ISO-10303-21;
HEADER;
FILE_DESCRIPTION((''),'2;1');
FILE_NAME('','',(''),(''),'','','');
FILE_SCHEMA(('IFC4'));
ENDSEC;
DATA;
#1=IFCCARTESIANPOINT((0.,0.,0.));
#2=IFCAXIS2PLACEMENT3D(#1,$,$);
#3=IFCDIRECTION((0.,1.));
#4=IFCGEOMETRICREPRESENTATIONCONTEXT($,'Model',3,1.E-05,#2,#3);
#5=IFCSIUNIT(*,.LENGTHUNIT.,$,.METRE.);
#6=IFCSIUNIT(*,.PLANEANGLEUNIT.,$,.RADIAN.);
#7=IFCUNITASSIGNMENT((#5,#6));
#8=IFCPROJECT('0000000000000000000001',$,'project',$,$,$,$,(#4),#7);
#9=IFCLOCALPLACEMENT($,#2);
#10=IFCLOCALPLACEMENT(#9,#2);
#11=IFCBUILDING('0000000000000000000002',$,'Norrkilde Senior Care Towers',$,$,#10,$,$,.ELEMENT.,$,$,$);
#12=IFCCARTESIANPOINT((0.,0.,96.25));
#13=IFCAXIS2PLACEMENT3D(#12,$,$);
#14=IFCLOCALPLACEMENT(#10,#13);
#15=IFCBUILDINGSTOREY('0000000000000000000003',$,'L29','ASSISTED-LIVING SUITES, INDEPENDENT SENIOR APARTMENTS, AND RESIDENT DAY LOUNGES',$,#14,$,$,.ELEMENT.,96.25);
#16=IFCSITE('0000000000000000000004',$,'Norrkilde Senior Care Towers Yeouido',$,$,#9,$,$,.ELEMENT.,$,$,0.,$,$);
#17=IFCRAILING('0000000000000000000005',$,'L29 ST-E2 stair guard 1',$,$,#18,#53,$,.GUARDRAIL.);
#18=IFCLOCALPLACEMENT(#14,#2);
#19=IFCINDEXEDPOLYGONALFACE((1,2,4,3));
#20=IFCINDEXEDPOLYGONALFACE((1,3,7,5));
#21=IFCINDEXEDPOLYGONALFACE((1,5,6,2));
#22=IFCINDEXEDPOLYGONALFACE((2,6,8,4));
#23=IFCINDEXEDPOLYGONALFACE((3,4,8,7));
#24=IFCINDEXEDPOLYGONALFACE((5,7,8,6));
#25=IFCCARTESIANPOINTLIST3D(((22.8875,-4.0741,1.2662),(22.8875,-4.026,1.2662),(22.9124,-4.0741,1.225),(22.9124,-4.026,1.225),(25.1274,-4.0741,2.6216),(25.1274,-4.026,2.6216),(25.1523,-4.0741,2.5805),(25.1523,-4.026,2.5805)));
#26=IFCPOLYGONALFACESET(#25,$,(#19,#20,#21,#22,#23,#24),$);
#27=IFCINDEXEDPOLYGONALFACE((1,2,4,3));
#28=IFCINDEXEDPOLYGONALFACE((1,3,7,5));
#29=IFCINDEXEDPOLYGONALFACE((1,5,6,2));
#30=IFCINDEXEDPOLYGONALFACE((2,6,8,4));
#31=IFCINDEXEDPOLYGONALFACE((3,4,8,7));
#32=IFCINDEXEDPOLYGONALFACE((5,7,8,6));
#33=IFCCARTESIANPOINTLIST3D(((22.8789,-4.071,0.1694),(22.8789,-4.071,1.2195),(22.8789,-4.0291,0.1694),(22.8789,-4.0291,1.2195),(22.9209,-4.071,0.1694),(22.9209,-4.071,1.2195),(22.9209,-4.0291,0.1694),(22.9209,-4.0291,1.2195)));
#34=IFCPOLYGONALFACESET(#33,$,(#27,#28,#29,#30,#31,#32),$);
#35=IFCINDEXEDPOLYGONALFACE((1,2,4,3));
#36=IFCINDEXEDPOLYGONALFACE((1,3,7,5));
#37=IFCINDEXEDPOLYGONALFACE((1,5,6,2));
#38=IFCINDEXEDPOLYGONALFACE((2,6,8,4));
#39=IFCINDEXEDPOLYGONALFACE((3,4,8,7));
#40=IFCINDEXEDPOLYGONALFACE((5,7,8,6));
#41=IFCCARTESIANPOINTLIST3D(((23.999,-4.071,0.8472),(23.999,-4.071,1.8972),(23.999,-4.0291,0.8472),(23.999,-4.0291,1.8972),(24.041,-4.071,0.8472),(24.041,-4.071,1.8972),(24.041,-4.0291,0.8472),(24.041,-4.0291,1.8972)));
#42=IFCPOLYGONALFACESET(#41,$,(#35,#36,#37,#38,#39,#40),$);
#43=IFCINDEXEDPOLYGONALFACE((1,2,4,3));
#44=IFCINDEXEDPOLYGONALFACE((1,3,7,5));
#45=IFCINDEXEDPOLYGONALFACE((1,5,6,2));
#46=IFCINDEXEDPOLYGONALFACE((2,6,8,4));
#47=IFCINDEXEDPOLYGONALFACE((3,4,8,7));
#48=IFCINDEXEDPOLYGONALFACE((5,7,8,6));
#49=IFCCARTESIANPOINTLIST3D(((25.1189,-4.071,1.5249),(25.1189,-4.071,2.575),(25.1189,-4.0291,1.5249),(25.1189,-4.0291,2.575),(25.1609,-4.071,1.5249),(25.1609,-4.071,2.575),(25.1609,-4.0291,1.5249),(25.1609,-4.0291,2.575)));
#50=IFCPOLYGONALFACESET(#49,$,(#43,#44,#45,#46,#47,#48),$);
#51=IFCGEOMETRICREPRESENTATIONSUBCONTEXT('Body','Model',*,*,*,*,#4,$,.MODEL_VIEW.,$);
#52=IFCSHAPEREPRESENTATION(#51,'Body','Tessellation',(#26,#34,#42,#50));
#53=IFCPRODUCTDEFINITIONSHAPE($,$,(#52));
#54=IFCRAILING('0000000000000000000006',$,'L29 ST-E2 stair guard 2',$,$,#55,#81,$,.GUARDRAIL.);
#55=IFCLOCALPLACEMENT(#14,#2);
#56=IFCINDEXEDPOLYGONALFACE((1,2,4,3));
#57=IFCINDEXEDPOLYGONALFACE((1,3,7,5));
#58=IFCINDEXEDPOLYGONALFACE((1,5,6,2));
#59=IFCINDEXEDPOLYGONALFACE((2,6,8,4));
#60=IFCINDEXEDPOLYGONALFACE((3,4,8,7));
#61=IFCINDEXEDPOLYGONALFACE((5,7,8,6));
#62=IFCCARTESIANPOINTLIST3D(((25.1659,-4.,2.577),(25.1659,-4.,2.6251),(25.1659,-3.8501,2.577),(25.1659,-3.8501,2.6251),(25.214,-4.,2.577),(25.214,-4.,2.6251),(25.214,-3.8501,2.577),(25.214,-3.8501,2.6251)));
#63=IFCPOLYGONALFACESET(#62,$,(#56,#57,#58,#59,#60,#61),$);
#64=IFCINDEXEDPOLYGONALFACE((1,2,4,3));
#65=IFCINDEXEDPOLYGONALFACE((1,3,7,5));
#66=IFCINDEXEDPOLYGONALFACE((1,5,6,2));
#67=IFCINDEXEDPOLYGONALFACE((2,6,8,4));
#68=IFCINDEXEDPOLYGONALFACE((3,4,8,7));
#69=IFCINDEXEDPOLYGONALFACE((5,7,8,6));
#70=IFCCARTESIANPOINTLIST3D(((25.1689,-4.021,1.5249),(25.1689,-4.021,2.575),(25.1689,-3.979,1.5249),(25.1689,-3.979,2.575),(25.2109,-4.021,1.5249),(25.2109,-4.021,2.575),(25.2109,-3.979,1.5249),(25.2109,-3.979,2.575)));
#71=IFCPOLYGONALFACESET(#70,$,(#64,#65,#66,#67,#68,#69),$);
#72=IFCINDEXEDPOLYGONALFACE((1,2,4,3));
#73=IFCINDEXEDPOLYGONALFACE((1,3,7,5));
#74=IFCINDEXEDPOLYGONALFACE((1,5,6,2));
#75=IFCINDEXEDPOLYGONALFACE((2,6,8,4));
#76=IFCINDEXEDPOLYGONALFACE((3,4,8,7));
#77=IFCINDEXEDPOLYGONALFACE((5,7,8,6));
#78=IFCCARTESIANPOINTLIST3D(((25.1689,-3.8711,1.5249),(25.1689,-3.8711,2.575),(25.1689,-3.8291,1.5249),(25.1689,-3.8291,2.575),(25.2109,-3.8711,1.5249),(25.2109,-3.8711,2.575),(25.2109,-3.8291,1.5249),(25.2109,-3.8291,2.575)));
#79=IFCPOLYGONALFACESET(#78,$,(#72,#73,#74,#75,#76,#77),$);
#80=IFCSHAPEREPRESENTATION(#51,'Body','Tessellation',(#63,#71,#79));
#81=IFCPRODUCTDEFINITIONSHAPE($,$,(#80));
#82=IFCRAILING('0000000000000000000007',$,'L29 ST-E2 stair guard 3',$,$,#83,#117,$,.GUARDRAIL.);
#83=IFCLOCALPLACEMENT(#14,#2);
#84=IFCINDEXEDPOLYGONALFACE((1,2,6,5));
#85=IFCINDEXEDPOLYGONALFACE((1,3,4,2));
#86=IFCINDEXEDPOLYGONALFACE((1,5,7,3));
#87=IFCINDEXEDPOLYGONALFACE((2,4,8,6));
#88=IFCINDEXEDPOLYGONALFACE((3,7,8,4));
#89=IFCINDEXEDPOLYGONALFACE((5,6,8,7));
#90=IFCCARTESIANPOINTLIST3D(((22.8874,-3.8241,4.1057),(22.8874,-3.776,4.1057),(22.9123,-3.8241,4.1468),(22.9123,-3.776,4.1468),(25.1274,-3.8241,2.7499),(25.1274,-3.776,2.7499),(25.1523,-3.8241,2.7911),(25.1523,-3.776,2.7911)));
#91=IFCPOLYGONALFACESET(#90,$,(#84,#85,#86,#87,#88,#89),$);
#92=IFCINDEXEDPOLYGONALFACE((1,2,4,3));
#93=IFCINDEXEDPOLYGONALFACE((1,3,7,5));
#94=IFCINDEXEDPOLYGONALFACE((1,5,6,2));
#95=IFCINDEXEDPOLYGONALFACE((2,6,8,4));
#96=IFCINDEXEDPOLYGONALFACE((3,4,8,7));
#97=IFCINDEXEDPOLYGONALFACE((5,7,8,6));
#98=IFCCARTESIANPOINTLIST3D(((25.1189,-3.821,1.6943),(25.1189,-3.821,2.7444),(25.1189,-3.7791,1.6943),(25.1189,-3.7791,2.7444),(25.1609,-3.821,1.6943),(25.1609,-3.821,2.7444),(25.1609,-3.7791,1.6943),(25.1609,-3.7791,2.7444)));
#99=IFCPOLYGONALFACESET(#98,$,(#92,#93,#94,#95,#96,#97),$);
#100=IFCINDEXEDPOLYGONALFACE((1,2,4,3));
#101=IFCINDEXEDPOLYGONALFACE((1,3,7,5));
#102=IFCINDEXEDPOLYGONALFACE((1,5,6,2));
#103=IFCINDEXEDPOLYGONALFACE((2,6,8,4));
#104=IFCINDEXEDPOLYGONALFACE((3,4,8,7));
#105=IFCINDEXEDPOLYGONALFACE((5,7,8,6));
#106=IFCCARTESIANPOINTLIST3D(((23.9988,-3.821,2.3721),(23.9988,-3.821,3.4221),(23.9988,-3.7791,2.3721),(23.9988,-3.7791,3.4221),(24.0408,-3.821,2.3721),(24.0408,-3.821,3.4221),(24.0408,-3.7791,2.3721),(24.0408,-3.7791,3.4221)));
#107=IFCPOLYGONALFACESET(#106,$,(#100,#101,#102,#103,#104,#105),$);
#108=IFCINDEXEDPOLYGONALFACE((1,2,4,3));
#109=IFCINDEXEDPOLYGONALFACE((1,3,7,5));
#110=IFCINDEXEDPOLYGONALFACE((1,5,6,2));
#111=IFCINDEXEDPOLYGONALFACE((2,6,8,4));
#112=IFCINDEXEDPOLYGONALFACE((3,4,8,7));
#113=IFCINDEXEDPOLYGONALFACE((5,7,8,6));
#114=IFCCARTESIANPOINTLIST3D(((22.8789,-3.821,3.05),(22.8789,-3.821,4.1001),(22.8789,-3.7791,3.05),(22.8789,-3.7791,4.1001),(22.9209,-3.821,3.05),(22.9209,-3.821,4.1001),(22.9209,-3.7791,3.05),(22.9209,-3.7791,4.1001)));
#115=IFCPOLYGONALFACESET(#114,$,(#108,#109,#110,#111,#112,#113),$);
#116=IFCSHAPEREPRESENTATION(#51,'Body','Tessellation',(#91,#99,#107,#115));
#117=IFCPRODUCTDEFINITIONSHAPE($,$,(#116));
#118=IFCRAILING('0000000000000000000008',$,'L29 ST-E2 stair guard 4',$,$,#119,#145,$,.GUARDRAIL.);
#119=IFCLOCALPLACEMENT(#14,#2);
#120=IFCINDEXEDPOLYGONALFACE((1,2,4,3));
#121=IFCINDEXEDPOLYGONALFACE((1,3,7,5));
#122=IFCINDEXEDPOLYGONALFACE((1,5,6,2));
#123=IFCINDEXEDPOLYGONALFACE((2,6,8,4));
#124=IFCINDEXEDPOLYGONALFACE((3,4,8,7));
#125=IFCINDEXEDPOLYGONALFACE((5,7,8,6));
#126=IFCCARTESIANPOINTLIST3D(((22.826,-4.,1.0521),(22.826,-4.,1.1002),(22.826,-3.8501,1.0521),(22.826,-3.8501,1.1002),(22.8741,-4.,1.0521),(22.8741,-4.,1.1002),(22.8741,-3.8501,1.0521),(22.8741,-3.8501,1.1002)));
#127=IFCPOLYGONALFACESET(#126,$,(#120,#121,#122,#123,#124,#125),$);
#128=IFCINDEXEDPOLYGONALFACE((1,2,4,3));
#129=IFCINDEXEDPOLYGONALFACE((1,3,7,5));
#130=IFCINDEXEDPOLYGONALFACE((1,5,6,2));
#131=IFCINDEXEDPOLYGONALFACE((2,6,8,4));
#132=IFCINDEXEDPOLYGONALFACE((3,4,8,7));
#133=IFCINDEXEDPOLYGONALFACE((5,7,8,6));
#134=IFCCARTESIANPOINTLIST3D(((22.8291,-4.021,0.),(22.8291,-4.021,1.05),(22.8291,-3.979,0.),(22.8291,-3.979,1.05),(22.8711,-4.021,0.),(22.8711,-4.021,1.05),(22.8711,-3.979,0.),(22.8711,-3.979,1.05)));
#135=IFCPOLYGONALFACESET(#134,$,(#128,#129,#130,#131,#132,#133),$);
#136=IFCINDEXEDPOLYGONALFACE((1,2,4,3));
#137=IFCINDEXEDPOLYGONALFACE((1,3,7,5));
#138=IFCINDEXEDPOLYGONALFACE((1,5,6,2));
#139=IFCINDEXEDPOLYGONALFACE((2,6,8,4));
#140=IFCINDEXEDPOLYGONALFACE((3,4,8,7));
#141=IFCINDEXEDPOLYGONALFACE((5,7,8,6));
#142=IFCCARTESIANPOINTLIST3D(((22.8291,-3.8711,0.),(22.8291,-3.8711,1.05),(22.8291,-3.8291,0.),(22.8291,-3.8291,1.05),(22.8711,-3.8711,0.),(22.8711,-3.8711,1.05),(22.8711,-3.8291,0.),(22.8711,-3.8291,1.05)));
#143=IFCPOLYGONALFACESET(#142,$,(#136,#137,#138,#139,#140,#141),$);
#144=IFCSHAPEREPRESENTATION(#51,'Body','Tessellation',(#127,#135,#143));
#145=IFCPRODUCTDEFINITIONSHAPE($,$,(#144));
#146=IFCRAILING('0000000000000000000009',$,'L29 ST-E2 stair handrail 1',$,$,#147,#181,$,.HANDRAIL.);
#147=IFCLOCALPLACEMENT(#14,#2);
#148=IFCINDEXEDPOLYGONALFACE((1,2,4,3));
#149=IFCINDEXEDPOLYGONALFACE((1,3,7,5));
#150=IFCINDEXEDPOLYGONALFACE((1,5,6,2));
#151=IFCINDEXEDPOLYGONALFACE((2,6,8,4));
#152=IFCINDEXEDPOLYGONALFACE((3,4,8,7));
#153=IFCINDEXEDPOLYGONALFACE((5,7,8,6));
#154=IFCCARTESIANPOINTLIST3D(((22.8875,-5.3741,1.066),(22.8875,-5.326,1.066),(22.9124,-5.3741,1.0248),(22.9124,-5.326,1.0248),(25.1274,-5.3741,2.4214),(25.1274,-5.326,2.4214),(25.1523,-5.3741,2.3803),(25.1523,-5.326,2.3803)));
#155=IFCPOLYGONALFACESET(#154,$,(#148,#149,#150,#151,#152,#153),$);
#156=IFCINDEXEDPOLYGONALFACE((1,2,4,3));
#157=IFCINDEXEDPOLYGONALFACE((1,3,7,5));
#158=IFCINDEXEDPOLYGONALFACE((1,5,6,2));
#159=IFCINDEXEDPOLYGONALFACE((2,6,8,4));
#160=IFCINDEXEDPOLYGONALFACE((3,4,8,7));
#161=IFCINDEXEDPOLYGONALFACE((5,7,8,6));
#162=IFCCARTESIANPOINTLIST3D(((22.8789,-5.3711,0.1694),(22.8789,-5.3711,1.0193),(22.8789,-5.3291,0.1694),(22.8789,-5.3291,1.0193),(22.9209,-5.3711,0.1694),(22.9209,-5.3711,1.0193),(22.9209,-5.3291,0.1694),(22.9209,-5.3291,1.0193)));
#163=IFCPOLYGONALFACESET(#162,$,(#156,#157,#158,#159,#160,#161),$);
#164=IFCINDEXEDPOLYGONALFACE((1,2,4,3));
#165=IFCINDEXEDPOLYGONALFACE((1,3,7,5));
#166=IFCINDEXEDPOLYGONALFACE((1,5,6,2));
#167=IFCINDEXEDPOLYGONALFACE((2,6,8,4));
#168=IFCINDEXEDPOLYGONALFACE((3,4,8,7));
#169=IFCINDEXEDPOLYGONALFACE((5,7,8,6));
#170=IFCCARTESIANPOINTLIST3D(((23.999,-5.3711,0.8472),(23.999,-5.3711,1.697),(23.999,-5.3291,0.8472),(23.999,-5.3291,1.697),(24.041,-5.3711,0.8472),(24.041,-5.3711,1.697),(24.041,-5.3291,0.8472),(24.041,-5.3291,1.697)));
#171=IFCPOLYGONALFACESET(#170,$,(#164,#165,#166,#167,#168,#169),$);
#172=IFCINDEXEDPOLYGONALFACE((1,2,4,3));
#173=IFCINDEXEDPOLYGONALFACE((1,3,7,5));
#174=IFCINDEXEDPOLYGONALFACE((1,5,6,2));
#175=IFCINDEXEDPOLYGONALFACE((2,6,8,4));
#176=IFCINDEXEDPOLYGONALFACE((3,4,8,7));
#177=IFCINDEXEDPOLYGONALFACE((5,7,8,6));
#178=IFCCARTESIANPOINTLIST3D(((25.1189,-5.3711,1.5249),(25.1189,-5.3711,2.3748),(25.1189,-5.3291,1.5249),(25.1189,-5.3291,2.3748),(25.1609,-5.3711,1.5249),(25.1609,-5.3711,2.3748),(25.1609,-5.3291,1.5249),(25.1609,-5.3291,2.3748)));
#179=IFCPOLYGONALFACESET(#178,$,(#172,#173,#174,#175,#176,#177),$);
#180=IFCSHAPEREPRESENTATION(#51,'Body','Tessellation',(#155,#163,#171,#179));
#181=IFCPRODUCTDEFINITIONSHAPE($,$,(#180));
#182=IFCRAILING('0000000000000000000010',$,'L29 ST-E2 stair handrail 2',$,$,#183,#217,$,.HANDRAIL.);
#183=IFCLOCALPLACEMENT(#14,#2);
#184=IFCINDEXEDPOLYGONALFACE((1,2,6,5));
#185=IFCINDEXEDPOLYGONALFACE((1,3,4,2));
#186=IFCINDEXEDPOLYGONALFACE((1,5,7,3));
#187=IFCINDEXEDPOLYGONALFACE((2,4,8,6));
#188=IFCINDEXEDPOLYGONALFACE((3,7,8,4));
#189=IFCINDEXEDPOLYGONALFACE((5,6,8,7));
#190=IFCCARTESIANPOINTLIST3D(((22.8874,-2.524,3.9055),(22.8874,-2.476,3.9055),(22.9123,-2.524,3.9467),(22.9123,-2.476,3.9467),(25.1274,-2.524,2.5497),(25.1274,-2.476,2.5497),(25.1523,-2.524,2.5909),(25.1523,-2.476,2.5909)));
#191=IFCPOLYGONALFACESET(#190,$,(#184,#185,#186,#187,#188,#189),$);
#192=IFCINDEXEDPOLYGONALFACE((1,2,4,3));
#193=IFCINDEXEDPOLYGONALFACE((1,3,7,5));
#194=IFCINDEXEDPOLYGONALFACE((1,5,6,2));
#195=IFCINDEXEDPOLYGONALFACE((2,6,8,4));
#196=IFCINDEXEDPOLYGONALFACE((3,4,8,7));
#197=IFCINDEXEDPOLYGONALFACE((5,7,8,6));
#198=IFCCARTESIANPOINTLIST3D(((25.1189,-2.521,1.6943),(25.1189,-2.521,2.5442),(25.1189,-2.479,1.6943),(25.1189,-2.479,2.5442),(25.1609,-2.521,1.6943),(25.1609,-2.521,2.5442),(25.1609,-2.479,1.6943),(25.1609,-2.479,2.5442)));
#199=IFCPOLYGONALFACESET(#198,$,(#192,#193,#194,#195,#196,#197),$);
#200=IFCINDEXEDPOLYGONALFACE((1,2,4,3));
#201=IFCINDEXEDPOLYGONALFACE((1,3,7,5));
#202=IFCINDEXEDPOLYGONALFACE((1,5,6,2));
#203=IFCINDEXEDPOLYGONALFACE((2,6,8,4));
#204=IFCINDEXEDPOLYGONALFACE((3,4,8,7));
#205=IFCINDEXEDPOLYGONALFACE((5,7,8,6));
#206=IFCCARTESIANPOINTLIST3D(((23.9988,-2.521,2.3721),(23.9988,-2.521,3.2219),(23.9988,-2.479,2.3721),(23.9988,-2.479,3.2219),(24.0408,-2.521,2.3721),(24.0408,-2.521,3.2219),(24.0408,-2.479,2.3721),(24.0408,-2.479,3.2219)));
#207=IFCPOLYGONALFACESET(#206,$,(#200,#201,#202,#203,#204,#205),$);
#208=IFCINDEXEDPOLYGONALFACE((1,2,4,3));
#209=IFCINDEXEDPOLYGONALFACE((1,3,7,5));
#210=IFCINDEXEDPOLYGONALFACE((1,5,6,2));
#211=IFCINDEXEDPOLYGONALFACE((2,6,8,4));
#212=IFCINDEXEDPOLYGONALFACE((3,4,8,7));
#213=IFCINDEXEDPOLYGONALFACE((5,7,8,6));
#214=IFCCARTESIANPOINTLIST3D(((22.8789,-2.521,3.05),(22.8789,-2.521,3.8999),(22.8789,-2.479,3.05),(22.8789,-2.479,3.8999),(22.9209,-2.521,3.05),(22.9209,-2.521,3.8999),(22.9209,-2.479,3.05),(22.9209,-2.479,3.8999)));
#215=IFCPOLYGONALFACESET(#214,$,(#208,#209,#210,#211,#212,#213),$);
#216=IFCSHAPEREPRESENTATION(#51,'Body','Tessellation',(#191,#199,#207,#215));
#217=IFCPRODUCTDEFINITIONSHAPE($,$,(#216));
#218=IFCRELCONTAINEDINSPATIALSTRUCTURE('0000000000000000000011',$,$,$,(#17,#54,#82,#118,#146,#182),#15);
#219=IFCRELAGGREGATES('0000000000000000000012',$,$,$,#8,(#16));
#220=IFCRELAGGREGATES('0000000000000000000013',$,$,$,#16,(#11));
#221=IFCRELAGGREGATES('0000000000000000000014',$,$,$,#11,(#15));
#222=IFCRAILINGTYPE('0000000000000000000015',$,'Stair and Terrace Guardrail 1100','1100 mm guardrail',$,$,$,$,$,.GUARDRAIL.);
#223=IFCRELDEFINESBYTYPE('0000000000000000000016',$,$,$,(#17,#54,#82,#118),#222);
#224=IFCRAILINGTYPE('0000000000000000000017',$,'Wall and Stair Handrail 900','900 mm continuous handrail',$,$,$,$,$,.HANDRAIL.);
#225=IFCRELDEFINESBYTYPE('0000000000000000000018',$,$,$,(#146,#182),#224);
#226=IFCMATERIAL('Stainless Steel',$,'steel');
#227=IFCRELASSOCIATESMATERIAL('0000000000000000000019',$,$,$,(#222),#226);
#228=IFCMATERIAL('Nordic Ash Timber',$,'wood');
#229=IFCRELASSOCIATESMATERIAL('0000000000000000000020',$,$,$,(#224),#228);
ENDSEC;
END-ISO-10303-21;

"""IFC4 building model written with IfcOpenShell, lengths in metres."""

from ifc_helpers import new_model, si_unit, direction, frame, origin, origin_2d, place, context, subcontext, project, spatial, rectangle, extrude, material, type_object, element, save


model = new_model("IFC4")

# Units and contexts
model_context = context("Model", 3, precision=1e-05, world=origin(), true_north=direction((0.0, 1.0)))
body_context = subcontext(model_context, "Body", "Model", "MODEL_VIEW")
ifc_project = project(units=[si_unit("LENGTHUNIT", "METRE"), si_unit("PLANEANGLEUNIT", "RADIAN")], contexts=[model_context])

# Site, building, storey
site_placement = place(None, origin())
site = spatial("IfcSite", under=ifc_project, at=site_placement, Name="Norrkilde Senior Care Towers Yeouido", CompositionType="ELEMENT", RefElevation=0.0)
building_placement = place(site_placement, origin())
building = spatial("IfcBuilding", under=site, at=building_placement, Name="Norrkilde Senior Care Towers", CompositionType="ELEMENT")
storey_placement = place(building_placement, frame((0.0, 0.0, 96.25)))
storey = spatial("IfcBuildingStorey", under=building, at=storey_placement, Name="L29", Description="ASSISTED-LIVING SUITES, INDEPENDENT SENIOR APARTMENTS, AND RESIDENT DAY LOUNGES", CompositionType="ELEMENT", Elevation=96.25)

# Railings
ifc_material_1 = material(Name="Stainless Steel", Category="steel")
railing_type_1 = type_object("IfcRailingType", Name="Stair and Terrace Guardrail 1100", Description="1100 mm guardrail", PredefinedType="GUARDRAIL", material=ifc_material_1)
railing_1_placement = place(storey_placement, frame((22.8999, -4.05, 0.1694)))
element("IfcRailing", 1, at=railing_1_placement, inside=storey, type_object=railing_type_1, Name="L29 ST-E2 stair guard 1", PredefinedType="GUARDRAIL", context=body_context, shape_type="SweptSolid", body=[
    extrude(rectangle(XDim=0.0481, YDim=0.0481, at=origin_2d()), frame((0.0, 0.0, 1.0762), z_axis=(0.855553, 0.0, 0.517715), x_axis=(0.0, 1.0, 0.0)), (0.0, 0.0, 1.0), 2.6182),
    extrude(rectangle(XDim=0.042, YDim=0.042, at=origin_2d()), origin(), (0.0, 0.0, 1.0), 1.05),
    extrude(rectangle(XDim=0.042, YDim=0.042, at=origin_2d()), frame((1.1201, 0.0, 0.6777)), (0.0, 0.0, 1.0), 1.05),
    extrude(rectangle(XDim=0.042, YDim=0.042, at=origin_2d()), frame((2.24, 0.0, 1.3555)), (0.0, 0.0, 1.0), 1.05),
])
railing_2_placement = place(storey_placement, frame((25.1899, -4.0, 1.5249)))
element("IfcRailing", 2, at=railing_2_placement, inside=storey, type_object=railing_type_1, Name="L29 ST-E2 stair guard 2", PredefinedType="GUARDRAIL", context=body_context, shape_type="SweptSolid", body=[
    extrude(rectangle(XDim=0.0481, YDim=0.0481, at=origin_2d()), frame((0.0, 0.0, 1.0762), z_axis=(0.0, 1.0, 0.0), x_axis=(-1.0, 0.0, 0.0)), (0.0, 0.0, 1.0), 0.1499),
    extrude(rectangle(XDim=0.042, YDim=0.042, at=origin_2d()), origin(), (0.0, 0.0, 1.0), 1.05),
    extrude(rectangle(XDim=0.042, YDim=0.042, at=origin_2d()), frame((0.0, 0.1499, 0.0)), (0.0, 0.0, 1.0), 1.05),
])
railing_3_placement = place(storey_placement, frame((25.1399, -3.8, 1.6943)))
element("IfcRailing", 3, at=railing_3_placement, inside=storey, type_object=railing_type_1, Name="L29 ST-E2 stair guard 3", PredefinedType="GUARDRAIL", context=body_context, shape_type="SweptSolid", body=[
    extrude(rectangle(XDim=0.0481, YDim=0.0481, at=origin_2d()), frame((0.0, 0.0, 1.0762), z_axis=(-0.855512, 0.0, 0.517783), x_axis=(0.0, -1.0, 0.0)), (0.0, 0.0, 1.0), 2.6184),
    extrude(rectangle(XDim=0.042, YDim=0.042, at=origin_2d()), origin(), (0.0, 0.0, 1.0), 1.05),
    extrude(rectangle(XDim=0.042, YDim=0.042, at=origin_2d()), frame((-1.1201, 0.0, 0.6777)), (0.0, 0.0, 1.0), 1.05),
    extrude(rectangle(XDim=0.042, YDim=0.042, at=origin_2d()), frame((-2.24, 0.0, 1.3557)), (0.0, 0.0, 1.0), 1.05),
])
railing_4_placement = place(storey_placement, frame((22.8501, -4.0, 0.0)))
element("IfcRailing", 4, at=railing_4_placement, inside=storey, type_object=railing_type_1, Name="L29 ST-E2 stair guard 4", PredefinedType="GUARDRAIL", context=body_context, shape_type="SweptSolid", body=[
    extrude(rectangle(XDim=0.0481, YDim=0.0481, at=origin_2d()), frame((0.0, 0.0, 1.0762), z_axis=(0.0, 1.0, 0.0), x_axis=(-1.0, 0.0, 0.0)), (0.0, 0.0, 1.0), 0.1499),
    extrude(rectangle(XDim=0.042, YDim=0.042, at=origin_2d()), origin(), (0.0, 0.0, 1.0), 1.05),
    extrude(rectangle(XDim=0.042, YDim=0.042, at=origin_2d()), frame((0.0, 0.1499, 0.0)), (0.0, 0.0, 1.0), 1.05),
])
ifc_material_2 = material(Name="Nordic Ash Timber", Category="wood")
railing_type_2 = type_object("IfcRailingType", Name="Wall and Stair Handrail 900", Description="900 mm continuous handrail", PredefinedType="HANDRAIL", material=ifc_material_2)
railing_5_placement = place(storey_placement, frame((22.8999, -5.3501, 0.1694)))
element("IfcRailing", 5, at=railing_5_placement, inside=storey, type_object=railing_type_2, Name="L29 ST-E2 stair handrail 1", PredefinedType="HANDRAIL", context=body_context, shape_type="SweptSolid", body=[
    extrude(rectangle(XDim=0.0481, YDim=0.0481, at=origin_2d()), frame((0.0, 0.0, 0.876), z_axis=(0.855553, 0.0, 0.517715), x_axis=(0.0, 1.0, 0.0)), (0.0, 0.0, 1.0), 2.6182),
    extrude(rectangle(XDim=0.042, YDim=0.042, at=origin_2d()), origin(), (0.0, 0.0, 1.0), 0.8499),
    extrude(rectangle(XDim=0.042, YDim=0.042, at=origin_2d()), frame((1.1201, 0.0, 0.6777)), (0.0, 0.0, 1.0), 0.8499),
    extrude(rectangle(XDim=0.042, YDim=0.042, at=origin_2d()), frame((2.24, 0.0, 1.3555)), (0.0, 0.0, 1.0), 0.8499),
])
railing_6_placement = place(storey_placement, frame((25.1399, -2.5, 1.6943)))
element("IfcRailing", 6, at=railing_6_placement, inside=storey, type_object=railing_type_2, Name="L29 ST-E2 stair handrail 2", PredefinedType="HANDRAIL", context=body_context, shape_type="SweptSolid", body=[
    extrude(rectangle(XDim=0.0481, YDim=0.0481, at=origin_2d()), frame((0.0, 0.0, 0.876), z_axis=(-0.855512, 0.0, 0.517783), x_axis=(0.0, -1.0, 0.0)), (0.0, 0.0, 1.0), 2.6184),
    extrude(rectangle(XDim=0.042, YDim=0.042, at=origin_2d()), origin(), (0.0, 0.0, 1.0), 0.8499),
    extrude(rectangle(XDim=0.042, YDim=0.042, at=origin_2d()), frame((-1.1201, 0.0, 0.6777)), (0.0, 0.0, 1.0), 0.8499),
    extrude(rectangle(XDim=0.042, YDim=0.042, at=origin_2d()), frame((-2.24, 0.0, 1.3557)), (0.0, 0.0, 1.0), 0.8499),
])

save(model, "model.ifc")
